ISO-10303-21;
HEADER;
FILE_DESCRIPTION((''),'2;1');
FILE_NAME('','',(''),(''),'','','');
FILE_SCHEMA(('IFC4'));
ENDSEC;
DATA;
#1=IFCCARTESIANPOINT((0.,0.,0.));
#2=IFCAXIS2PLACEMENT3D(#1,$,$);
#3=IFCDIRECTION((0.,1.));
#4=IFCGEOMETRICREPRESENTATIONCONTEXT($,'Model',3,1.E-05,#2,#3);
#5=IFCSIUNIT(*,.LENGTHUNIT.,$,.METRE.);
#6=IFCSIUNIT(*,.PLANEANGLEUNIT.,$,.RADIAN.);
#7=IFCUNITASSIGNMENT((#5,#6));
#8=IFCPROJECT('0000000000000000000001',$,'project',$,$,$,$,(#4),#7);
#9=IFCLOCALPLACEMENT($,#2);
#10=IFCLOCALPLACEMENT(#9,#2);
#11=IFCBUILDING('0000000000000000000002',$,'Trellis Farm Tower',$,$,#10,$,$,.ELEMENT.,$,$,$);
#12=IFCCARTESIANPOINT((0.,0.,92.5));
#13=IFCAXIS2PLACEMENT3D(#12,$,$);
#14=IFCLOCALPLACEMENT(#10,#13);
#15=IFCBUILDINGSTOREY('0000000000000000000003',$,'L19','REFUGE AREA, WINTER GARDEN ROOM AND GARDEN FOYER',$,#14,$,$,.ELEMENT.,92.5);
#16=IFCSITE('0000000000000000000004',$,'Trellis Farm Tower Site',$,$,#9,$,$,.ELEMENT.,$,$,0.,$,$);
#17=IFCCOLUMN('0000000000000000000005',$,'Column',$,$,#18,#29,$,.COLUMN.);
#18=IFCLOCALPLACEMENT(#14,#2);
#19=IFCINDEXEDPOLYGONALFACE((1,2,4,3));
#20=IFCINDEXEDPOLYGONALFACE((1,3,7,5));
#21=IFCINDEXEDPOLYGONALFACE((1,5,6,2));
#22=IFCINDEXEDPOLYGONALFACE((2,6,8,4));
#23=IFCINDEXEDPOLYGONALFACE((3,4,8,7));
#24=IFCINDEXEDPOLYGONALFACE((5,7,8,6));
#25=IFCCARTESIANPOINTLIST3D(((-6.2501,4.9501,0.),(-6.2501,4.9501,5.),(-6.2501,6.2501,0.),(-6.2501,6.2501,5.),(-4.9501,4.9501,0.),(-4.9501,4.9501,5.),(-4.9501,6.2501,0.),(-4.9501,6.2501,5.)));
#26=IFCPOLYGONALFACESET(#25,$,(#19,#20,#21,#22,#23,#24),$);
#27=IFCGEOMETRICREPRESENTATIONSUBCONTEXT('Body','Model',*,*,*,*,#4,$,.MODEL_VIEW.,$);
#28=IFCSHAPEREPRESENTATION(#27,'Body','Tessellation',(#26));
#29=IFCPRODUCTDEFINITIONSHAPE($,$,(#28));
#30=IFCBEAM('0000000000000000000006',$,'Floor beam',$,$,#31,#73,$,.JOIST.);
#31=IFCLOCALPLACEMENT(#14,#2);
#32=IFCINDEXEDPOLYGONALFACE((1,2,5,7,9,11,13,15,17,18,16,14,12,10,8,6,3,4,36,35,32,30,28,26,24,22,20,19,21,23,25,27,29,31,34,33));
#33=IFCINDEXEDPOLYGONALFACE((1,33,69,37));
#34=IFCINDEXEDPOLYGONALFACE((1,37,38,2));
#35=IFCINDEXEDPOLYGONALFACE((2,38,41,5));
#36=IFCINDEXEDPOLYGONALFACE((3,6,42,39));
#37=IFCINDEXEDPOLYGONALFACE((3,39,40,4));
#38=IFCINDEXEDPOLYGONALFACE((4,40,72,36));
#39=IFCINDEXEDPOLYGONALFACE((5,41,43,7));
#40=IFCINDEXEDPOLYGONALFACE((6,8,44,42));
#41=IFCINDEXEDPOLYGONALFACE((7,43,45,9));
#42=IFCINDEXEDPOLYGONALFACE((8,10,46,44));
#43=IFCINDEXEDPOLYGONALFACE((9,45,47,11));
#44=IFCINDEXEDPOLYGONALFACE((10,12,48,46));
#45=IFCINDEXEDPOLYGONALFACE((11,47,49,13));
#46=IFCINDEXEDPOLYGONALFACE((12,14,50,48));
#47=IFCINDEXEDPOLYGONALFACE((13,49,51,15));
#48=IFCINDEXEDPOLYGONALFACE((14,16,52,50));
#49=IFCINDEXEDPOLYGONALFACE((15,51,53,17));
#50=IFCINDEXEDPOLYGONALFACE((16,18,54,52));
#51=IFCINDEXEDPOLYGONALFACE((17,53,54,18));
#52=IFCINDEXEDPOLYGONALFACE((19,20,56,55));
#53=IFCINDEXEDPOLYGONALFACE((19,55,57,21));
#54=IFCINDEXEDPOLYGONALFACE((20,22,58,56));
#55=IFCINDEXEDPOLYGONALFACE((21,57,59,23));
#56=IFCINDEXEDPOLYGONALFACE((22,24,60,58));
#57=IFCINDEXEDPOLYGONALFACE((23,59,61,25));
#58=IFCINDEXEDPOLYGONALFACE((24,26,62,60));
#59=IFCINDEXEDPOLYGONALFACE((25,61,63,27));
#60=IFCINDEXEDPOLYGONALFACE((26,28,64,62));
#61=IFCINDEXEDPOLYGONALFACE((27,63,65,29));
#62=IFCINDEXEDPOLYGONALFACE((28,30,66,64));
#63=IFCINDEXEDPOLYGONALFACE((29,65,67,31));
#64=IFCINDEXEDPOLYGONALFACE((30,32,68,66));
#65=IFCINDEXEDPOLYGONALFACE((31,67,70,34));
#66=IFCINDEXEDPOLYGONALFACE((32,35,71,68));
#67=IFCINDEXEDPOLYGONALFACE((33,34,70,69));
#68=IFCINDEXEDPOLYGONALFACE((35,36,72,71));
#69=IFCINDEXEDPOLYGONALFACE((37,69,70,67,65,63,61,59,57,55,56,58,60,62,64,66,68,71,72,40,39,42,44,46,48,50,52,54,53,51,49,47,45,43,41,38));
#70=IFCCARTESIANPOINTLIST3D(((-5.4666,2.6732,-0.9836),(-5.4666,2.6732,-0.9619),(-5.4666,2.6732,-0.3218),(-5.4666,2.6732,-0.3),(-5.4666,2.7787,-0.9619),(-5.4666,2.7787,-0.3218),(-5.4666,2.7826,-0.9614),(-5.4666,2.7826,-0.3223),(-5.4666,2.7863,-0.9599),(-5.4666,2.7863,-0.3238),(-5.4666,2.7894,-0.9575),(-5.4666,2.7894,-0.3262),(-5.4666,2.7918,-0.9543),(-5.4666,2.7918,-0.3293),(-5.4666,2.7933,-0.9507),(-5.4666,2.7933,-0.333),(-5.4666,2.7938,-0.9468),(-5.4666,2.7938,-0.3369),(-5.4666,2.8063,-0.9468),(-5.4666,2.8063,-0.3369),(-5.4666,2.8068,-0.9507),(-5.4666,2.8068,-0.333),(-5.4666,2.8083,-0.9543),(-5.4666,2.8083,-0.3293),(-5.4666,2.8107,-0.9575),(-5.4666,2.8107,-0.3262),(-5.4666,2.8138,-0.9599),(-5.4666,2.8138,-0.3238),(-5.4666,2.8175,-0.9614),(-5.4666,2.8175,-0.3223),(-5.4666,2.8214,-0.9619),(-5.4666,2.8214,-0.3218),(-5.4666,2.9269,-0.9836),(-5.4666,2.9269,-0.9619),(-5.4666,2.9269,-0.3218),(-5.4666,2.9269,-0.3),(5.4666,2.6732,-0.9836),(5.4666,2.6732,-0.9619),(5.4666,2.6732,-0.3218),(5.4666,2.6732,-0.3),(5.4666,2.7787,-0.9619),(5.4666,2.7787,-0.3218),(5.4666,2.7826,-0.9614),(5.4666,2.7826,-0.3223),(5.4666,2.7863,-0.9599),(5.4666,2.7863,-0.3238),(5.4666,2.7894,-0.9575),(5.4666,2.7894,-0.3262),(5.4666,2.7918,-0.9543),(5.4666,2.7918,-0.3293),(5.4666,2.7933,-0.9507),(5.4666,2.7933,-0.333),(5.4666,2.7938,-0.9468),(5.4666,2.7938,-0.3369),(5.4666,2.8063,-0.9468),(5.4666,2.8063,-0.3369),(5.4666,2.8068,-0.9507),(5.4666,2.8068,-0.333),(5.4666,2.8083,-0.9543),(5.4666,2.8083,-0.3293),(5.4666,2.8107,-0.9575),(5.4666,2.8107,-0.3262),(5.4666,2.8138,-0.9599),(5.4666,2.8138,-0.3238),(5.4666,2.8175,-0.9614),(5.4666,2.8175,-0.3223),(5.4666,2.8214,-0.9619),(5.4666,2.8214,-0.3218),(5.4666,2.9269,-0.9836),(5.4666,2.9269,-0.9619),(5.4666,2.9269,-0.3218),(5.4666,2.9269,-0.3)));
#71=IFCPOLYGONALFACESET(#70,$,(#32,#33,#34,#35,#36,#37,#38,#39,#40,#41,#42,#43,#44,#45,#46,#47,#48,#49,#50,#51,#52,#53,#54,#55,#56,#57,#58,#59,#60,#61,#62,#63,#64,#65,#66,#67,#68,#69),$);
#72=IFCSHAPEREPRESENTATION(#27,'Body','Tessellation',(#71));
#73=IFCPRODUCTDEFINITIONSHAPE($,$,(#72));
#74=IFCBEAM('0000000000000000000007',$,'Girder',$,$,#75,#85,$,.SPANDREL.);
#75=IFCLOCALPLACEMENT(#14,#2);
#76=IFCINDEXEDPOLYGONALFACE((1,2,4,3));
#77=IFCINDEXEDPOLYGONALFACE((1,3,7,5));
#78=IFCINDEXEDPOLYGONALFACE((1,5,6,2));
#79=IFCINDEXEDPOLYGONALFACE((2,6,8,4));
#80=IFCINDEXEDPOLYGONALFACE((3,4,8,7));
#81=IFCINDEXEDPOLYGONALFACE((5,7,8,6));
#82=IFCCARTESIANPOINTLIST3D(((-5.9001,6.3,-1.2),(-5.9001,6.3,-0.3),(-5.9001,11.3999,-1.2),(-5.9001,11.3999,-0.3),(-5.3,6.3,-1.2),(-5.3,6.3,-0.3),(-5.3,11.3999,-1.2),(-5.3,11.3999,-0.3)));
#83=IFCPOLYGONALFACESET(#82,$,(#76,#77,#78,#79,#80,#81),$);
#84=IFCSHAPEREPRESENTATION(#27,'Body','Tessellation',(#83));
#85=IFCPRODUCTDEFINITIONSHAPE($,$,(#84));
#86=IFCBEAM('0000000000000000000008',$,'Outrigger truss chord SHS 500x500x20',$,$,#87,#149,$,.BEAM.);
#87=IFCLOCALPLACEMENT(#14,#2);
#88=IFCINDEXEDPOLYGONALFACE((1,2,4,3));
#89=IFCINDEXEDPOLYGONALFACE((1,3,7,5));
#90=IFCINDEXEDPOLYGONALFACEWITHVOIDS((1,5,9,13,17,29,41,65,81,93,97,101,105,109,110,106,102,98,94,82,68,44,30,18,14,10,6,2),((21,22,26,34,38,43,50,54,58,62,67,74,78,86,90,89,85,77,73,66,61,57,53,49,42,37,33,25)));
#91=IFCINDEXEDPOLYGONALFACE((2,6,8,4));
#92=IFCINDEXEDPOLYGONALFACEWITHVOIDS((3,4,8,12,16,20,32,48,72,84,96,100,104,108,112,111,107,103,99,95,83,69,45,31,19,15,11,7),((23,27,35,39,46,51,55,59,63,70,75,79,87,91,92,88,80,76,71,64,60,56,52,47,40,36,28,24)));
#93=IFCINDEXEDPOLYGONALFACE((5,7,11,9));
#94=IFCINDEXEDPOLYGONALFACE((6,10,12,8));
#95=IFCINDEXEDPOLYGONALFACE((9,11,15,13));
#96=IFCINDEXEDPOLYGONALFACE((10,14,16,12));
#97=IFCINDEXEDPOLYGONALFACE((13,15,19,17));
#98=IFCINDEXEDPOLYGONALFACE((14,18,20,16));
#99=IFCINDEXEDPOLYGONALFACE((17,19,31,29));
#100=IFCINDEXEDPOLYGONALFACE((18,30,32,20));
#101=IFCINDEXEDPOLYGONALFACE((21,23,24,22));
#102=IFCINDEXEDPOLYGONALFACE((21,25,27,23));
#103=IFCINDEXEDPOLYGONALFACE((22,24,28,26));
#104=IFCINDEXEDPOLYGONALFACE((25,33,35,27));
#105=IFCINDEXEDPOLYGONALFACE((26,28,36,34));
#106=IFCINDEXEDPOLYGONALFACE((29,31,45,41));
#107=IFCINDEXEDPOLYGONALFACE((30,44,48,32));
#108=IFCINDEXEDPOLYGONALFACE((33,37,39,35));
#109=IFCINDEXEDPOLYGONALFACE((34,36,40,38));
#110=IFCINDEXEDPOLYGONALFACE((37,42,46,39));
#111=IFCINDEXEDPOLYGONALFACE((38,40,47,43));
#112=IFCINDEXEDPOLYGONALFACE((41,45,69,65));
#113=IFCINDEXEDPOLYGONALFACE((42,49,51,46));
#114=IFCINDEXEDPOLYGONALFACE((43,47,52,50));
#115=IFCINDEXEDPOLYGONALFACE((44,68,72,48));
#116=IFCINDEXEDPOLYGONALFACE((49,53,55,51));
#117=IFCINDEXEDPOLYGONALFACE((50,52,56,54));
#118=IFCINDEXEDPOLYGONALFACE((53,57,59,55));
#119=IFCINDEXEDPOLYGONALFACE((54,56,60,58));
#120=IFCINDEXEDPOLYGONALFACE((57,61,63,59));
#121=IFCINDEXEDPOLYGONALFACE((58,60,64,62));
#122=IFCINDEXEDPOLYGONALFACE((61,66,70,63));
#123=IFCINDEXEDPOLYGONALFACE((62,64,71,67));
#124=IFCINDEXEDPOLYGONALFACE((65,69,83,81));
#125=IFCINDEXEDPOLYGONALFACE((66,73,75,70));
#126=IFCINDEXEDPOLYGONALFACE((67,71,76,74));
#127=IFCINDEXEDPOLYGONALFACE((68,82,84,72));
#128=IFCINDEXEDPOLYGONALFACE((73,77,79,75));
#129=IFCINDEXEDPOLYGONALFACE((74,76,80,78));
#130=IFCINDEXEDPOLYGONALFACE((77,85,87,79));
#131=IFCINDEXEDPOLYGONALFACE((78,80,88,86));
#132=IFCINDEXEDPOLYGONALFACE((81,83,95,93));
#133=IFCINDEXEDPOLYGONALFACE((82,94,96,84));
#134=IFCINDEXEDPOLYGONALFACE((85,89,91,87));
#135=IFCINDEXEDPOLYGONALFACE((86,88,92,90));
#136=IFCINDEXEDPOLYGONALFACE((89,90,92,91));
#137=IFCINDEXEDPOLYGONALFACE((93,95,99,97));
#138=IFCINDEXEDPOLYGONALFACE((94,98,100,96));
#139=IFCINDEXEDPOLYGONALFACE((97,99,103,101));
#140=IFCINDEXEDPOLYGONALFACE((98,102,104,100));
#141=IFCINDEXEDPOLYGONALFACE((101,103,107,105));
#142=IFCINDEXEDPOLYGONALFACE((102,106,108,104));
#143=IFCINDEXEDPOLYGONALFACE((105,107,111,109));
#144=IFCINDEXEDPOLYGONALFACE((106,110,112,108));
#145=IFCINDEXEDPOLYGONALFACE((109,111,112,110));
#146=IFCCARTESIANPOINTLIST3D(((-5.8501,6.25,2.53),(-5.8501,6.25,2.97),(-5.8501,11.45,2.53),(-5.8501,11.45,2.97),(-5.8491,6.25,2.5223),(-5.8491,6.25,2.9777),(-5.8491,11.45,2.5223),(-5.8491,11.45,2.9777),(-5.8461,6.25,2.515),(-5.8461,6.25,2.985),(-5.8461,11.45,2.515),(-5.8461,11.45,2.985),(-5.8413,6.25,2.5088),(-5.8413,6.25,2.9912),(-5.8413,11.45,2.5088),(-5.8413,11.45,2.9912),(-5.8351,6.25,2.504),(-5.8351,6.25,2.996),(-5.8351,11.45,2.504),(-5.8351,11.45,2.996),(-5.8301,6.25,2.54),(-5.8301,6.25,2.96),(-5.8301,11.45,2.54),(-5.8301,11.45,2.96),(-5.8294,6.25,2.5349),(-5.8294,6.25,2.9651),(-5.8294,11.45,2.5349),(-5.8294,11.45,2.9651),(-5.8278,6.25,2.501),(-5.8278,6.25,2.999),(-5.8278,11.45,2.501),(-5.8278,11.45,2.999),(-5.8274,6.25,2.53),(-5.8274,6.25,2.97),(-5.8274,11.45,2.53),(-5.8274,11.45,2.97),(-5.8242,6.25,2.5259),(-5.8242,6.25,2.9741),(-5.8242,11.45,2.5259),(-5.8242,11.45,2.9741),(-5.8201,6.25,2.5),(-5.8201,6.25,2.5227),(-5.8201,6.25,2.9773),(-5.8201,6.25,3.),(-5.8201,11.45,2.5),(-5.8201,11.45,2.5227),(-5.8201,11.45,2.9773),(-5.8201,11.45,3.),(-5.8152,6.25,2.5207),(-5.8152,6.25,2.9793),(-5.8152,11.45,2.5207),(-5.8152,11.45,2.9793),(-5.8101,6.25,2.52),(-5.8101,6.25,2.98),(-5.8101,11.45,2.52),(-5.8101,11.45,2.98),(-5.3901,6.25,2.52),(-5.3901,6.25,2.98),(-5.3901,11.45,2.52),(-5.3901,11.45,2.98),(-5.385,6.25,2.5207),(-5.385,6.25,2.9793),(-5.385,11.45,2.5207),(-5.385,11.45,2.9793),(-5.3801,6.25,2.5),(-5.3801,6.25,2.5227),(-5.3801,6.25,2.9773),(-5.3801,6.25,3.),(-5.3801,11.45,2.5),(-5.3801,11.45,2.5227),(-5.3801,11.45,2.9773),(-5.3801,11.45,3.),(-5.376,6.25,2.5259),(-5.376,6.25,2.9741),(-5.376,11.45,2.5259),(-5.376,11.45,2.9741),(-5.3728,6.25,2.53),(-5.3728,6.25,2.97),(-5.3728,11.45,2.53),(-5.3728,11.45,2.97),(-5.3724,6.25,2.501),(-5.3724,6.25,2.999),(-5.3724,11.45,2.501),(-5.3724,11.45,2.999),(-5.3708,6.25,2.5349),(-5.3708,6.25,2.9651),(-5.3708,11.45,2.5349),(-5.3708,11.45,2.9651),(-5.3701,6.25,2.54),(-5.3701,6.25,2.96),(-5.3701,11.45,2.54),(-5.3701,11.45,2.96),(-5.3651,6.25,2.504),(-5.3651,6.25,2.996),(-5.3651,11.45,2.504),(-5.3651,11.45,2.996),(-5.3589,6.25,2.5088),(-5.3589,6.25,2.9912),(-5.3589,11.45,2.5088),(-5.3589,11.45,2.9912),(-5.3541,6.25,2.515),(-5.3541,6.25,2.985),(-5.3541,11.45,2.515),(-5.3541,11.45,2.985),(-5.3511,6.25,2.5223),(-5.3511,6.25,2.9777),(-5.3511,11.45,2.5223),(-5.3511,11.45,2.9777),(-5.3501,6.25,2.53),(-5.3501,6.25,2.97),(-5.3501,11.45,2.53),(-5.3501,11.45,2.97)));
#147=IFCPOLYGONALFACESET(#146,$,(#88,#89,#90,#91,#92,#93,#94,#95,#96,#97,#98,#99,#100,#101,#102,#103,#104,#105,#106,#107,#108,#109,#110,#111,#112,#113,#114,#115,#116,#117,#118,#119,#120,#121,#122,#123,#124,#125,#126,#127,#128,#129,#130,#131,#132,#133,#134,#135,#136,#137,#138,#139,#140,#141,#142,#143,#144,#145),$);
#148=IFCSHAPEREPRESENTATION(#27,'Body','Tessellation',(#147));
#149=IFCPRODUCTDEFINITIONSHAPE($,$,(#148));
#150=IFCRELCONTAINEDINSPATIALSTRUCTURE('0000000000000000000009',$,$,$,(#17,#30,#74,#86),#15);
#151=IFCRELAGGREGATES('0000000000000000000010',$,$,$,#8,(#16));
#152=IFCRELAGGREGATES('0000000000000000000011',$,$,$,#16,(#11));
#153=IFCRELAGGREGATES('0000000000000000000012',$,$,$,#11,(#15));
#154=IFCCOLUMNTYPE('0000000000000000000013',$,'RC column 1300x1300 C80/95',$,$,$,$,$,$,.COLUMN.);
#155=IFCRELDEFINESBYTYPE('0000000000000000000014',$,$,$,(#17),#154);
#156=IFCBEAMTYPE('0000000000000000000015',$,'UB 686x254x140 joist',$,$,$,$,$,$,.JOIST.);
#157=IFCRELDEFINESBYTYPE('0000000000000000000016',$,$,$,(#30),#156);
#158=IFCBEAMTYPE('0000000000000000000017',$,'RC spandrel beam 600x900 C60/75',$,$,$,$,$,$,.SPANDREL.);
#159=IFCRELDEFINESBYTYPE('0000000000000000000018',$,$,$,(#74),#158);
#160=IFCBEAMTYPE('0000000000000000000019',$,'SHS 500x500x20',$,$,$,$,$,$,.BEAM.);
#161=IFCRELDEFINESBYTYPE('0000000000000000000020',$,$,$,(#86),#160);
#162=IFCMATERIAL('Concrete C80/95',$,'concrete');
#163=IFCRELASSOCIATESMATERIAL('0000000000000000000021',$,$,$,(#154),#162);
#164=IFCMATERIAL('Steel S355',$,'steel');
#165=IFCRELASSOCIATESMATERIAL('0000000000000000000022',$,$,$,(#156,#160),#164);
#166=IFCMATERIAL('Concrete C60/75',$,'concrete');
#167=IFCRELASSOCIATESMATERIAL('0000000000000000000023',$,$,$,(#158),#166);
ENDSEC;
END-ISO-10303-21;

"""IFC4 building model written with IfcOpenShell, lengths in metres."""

from ifc_helpers import new_model, si_unit, direction, frame, origin, origin_2d, place, context, subcontext, project, spatial, rectangle, hollow_rectangle, i_section, extrude, source, transform, mapped, material, material_profile, profile_set, type_object, element, save


model = new_model("IFC4")

# Units and contexts
model_context = context("Model", 3, precision=1e-05, world=origin(), true_north=direction((0.0, 1.0)))
body_context = subcontext(model_context, "Body", "Model", "MODEL_VIEW")
ifc_project = project(units=[si_unit("LENGTHUNIT", "METRE"), si_unit("PLANEANGLEUNIT", "RADIAN")], contexts=[model_context])

# Site, building, storey
site_placement = place(None, origin())
site = spatial("IfcSite", under=ifc_project, at=site_placement, Name="Trellis Farm Tower Site", CompositionType="ELEMENT", RefElevation=0.0)
building_placement = place(site_placement, origin())
building = spatial("IfcBuilding", under=site, at=building_placement, Name="Trellis Farm Tower", CompositionType="ELEMENT")
storey_placement = place(building_placement, frame((0.0, 0.0, 92.5)))
storey = spatial("IfcBuildingStorey", under=building, at=storey_placement, Name="L19", Description="REFUGE AREA, WINTER GARDEN ROOM AND GARDEN FOYER", CompositionType="ELEMENT", Elevation=92.5)

# Column
ifc_material_1 = material(Name="Concrete C80/95", Category="concrete")
ifc_material_profile_1 = material_profile(ifc_material_1, rectangle(XDim=1.3, YDim=1.3, at=origin_2d()), Name="RC column 1300x1300 C80/95")
ifc_profile_set_1 = profile_set([ifc_material_profile_1], Name="Concrete C80/95")
column_type = type_object("IfcColumnType", Name="RC column 1300x1300 C80/95", PredefinedType="COLUMN", material=ifc_profile_set_1)
shared_shape_1 = source(origin(), body_context, "Body", "SweptSolid", [
    extrude(rectangle(XDim=1.3, YDim=1.3, at=origin_2d()), origin(), (0.0, 0.0, 1.0), 5.0),
])
column_placement = place(storey_placement, frame((-5.6001, 5.6001, 0.0), z_axis=(0.0, 0.0, 1.0), x_axis=(1.0, 0.0, 0.0)))
element("IfcColumn", 1, at=column_placement, inside=storey, type_object=column_type, Name="Column", PredefinedType="COLUMN", context=body_context, shape_type="MappedRepresentation", body=[
    mapped(shared_shape_1, transform((0.0, 0.0, 0.0))),
])

# Beams
ifc_material_2 = material(Name="Steel S355", Category="steel")
ifc_material_profile_2 = material_profile(ifc_material_2, i_section(OverallWidth=0.2537, OverallDepth=0.6836, WebThickness=0.0125, FlangeThickness=0.0217, FilletRadius=0.0151, at=origin_2d()), Name="UB 686x254x140")
ifc_profile_set_2 = profile_set([ifc_material_profile_2], Name="Steel S355")
beam_type_1 = type_object("IfcBeamType", Name="UB 686x254x140 joist", PredefinedType="JOIST", material=ifc_profile_set_2)
shared_shape_2 = source(origin(), body_context, "Body", "SweptSolid", [
    extrude(i_section(OverallWidth=0.2537, OverallDepth=0.6836, WebThickness=0.0125, FlangeThickness=0.0217, FilletRadius=0.0151, at=origin_2d()), origin(), (0.0, 0.0, 1.0), 10.9331),
])
beam_1_placement = place(storey_placement, frame((-5.4666, 2.8, -0.6418), z_axis=(1.0, 0.0, 0.0), x_axis=(0.0, 1.0, 0.0)))
element("IfcBeam", 2, at=beam_1_placement, inside=storey, type_object=beam_type_1, Name="Floor beam", PredefinedType="JOIST", context=body_context, shape_type="MappedRepresentation", body=[
    mapped(shared_shape_2, transform((0.0, 0.0, 0.0))),
])
ifc_material_3 = material(Name="Concrete C60/75", Category="concrete")
ifc_material_profile_3 = material_profile(ifc_material_3, rectangle(XDim=0.6001, YDim=0.8999, at=origin_2d()), Name="RC spandrel beam 600x900 C60/75")
ifc_profile_set_3 = profile_set([ifc_material_profile_3], Name="Concrete C60/75")
beam_type_2 = type_object("IfcBeamType", Name="RC spandrel beam 600x900 C60/75", PredefinedType="SPANDREL", material=ifc_profile_set_3)
shared_shape_3 = source(origin(), body_context, "Body", "SweptSolid", [
    extrude(rectangle(XDim=0.6001, YDim=0.8999, at=origin_2d()), origin(), (0.0, 0.0, 1.0), 5.0999),
])
beam_2_placement = place(storey_placement, frame((-5.6001, 6.3, -0.75), z_axis=(0.0, 1.0, 0.0), x_axis=(-1.0, 0.0, 0.0)))
element("IfcBeam", 3, at=beam_2_placement, inside=storey, type_object=beam_type_2, Name="Girder", PredefinedType="SPANDREL", context=body_context, shape_type="MappedRepresentation", body=[
    mapped(shared_shape_3, transform((0.0, 0.0, 0.0))),
])
ifc_material_profile_4 = material_profile(ifc_material_2, hollow_rectangle(XDim=0.5, YDim=0.5, WallThickness=0.02, InnerFilletRadius=0.02, OuterFilletRadius=0.03, at=origin_2d()), Name="SHS 500x500x20")
ifc_profile_set_4 = profile_set([ifc_material_profile_4], Name="Steel S355")
beam_type_3 = type_object("IfcBeamType", Name="SHS 500x500x20", PredefinedType="BEAM", material=ifc_profile_set_4)
shared_shape_4 = source(origin(), body_context, "Body", "SweptSolid", [
    extrude(hollow_rectangle(XDim=0.5, YDim=0.5, WallThickness=0.02, InnerFilletRadius=0.02, OuterFilletRadius=0.03, at=origin_2d()), origin(), (0.0, 0.0, 1.0), 5.2),
])
beam_3_placement = place(storey_placement, frame((-5.6001, 6.25, 2.75), z_axis=(0.0, 1.0, 0.0), x_axis=(-1.0, 0.0, 0.0)))
element("IfcBeam", 4, at=beam_3_placement, inside=storey, type_object=beam_type_3, Name="Outrigger truss chord SHS 500x500x20", PredefinedType="BEAM", context=body_context, shape_type="MappedRepresentation", body=[
    mapped(shared_shape_4, transform((0.0, 0.0, 0.0))),
])

save(model, "model.ifc")
